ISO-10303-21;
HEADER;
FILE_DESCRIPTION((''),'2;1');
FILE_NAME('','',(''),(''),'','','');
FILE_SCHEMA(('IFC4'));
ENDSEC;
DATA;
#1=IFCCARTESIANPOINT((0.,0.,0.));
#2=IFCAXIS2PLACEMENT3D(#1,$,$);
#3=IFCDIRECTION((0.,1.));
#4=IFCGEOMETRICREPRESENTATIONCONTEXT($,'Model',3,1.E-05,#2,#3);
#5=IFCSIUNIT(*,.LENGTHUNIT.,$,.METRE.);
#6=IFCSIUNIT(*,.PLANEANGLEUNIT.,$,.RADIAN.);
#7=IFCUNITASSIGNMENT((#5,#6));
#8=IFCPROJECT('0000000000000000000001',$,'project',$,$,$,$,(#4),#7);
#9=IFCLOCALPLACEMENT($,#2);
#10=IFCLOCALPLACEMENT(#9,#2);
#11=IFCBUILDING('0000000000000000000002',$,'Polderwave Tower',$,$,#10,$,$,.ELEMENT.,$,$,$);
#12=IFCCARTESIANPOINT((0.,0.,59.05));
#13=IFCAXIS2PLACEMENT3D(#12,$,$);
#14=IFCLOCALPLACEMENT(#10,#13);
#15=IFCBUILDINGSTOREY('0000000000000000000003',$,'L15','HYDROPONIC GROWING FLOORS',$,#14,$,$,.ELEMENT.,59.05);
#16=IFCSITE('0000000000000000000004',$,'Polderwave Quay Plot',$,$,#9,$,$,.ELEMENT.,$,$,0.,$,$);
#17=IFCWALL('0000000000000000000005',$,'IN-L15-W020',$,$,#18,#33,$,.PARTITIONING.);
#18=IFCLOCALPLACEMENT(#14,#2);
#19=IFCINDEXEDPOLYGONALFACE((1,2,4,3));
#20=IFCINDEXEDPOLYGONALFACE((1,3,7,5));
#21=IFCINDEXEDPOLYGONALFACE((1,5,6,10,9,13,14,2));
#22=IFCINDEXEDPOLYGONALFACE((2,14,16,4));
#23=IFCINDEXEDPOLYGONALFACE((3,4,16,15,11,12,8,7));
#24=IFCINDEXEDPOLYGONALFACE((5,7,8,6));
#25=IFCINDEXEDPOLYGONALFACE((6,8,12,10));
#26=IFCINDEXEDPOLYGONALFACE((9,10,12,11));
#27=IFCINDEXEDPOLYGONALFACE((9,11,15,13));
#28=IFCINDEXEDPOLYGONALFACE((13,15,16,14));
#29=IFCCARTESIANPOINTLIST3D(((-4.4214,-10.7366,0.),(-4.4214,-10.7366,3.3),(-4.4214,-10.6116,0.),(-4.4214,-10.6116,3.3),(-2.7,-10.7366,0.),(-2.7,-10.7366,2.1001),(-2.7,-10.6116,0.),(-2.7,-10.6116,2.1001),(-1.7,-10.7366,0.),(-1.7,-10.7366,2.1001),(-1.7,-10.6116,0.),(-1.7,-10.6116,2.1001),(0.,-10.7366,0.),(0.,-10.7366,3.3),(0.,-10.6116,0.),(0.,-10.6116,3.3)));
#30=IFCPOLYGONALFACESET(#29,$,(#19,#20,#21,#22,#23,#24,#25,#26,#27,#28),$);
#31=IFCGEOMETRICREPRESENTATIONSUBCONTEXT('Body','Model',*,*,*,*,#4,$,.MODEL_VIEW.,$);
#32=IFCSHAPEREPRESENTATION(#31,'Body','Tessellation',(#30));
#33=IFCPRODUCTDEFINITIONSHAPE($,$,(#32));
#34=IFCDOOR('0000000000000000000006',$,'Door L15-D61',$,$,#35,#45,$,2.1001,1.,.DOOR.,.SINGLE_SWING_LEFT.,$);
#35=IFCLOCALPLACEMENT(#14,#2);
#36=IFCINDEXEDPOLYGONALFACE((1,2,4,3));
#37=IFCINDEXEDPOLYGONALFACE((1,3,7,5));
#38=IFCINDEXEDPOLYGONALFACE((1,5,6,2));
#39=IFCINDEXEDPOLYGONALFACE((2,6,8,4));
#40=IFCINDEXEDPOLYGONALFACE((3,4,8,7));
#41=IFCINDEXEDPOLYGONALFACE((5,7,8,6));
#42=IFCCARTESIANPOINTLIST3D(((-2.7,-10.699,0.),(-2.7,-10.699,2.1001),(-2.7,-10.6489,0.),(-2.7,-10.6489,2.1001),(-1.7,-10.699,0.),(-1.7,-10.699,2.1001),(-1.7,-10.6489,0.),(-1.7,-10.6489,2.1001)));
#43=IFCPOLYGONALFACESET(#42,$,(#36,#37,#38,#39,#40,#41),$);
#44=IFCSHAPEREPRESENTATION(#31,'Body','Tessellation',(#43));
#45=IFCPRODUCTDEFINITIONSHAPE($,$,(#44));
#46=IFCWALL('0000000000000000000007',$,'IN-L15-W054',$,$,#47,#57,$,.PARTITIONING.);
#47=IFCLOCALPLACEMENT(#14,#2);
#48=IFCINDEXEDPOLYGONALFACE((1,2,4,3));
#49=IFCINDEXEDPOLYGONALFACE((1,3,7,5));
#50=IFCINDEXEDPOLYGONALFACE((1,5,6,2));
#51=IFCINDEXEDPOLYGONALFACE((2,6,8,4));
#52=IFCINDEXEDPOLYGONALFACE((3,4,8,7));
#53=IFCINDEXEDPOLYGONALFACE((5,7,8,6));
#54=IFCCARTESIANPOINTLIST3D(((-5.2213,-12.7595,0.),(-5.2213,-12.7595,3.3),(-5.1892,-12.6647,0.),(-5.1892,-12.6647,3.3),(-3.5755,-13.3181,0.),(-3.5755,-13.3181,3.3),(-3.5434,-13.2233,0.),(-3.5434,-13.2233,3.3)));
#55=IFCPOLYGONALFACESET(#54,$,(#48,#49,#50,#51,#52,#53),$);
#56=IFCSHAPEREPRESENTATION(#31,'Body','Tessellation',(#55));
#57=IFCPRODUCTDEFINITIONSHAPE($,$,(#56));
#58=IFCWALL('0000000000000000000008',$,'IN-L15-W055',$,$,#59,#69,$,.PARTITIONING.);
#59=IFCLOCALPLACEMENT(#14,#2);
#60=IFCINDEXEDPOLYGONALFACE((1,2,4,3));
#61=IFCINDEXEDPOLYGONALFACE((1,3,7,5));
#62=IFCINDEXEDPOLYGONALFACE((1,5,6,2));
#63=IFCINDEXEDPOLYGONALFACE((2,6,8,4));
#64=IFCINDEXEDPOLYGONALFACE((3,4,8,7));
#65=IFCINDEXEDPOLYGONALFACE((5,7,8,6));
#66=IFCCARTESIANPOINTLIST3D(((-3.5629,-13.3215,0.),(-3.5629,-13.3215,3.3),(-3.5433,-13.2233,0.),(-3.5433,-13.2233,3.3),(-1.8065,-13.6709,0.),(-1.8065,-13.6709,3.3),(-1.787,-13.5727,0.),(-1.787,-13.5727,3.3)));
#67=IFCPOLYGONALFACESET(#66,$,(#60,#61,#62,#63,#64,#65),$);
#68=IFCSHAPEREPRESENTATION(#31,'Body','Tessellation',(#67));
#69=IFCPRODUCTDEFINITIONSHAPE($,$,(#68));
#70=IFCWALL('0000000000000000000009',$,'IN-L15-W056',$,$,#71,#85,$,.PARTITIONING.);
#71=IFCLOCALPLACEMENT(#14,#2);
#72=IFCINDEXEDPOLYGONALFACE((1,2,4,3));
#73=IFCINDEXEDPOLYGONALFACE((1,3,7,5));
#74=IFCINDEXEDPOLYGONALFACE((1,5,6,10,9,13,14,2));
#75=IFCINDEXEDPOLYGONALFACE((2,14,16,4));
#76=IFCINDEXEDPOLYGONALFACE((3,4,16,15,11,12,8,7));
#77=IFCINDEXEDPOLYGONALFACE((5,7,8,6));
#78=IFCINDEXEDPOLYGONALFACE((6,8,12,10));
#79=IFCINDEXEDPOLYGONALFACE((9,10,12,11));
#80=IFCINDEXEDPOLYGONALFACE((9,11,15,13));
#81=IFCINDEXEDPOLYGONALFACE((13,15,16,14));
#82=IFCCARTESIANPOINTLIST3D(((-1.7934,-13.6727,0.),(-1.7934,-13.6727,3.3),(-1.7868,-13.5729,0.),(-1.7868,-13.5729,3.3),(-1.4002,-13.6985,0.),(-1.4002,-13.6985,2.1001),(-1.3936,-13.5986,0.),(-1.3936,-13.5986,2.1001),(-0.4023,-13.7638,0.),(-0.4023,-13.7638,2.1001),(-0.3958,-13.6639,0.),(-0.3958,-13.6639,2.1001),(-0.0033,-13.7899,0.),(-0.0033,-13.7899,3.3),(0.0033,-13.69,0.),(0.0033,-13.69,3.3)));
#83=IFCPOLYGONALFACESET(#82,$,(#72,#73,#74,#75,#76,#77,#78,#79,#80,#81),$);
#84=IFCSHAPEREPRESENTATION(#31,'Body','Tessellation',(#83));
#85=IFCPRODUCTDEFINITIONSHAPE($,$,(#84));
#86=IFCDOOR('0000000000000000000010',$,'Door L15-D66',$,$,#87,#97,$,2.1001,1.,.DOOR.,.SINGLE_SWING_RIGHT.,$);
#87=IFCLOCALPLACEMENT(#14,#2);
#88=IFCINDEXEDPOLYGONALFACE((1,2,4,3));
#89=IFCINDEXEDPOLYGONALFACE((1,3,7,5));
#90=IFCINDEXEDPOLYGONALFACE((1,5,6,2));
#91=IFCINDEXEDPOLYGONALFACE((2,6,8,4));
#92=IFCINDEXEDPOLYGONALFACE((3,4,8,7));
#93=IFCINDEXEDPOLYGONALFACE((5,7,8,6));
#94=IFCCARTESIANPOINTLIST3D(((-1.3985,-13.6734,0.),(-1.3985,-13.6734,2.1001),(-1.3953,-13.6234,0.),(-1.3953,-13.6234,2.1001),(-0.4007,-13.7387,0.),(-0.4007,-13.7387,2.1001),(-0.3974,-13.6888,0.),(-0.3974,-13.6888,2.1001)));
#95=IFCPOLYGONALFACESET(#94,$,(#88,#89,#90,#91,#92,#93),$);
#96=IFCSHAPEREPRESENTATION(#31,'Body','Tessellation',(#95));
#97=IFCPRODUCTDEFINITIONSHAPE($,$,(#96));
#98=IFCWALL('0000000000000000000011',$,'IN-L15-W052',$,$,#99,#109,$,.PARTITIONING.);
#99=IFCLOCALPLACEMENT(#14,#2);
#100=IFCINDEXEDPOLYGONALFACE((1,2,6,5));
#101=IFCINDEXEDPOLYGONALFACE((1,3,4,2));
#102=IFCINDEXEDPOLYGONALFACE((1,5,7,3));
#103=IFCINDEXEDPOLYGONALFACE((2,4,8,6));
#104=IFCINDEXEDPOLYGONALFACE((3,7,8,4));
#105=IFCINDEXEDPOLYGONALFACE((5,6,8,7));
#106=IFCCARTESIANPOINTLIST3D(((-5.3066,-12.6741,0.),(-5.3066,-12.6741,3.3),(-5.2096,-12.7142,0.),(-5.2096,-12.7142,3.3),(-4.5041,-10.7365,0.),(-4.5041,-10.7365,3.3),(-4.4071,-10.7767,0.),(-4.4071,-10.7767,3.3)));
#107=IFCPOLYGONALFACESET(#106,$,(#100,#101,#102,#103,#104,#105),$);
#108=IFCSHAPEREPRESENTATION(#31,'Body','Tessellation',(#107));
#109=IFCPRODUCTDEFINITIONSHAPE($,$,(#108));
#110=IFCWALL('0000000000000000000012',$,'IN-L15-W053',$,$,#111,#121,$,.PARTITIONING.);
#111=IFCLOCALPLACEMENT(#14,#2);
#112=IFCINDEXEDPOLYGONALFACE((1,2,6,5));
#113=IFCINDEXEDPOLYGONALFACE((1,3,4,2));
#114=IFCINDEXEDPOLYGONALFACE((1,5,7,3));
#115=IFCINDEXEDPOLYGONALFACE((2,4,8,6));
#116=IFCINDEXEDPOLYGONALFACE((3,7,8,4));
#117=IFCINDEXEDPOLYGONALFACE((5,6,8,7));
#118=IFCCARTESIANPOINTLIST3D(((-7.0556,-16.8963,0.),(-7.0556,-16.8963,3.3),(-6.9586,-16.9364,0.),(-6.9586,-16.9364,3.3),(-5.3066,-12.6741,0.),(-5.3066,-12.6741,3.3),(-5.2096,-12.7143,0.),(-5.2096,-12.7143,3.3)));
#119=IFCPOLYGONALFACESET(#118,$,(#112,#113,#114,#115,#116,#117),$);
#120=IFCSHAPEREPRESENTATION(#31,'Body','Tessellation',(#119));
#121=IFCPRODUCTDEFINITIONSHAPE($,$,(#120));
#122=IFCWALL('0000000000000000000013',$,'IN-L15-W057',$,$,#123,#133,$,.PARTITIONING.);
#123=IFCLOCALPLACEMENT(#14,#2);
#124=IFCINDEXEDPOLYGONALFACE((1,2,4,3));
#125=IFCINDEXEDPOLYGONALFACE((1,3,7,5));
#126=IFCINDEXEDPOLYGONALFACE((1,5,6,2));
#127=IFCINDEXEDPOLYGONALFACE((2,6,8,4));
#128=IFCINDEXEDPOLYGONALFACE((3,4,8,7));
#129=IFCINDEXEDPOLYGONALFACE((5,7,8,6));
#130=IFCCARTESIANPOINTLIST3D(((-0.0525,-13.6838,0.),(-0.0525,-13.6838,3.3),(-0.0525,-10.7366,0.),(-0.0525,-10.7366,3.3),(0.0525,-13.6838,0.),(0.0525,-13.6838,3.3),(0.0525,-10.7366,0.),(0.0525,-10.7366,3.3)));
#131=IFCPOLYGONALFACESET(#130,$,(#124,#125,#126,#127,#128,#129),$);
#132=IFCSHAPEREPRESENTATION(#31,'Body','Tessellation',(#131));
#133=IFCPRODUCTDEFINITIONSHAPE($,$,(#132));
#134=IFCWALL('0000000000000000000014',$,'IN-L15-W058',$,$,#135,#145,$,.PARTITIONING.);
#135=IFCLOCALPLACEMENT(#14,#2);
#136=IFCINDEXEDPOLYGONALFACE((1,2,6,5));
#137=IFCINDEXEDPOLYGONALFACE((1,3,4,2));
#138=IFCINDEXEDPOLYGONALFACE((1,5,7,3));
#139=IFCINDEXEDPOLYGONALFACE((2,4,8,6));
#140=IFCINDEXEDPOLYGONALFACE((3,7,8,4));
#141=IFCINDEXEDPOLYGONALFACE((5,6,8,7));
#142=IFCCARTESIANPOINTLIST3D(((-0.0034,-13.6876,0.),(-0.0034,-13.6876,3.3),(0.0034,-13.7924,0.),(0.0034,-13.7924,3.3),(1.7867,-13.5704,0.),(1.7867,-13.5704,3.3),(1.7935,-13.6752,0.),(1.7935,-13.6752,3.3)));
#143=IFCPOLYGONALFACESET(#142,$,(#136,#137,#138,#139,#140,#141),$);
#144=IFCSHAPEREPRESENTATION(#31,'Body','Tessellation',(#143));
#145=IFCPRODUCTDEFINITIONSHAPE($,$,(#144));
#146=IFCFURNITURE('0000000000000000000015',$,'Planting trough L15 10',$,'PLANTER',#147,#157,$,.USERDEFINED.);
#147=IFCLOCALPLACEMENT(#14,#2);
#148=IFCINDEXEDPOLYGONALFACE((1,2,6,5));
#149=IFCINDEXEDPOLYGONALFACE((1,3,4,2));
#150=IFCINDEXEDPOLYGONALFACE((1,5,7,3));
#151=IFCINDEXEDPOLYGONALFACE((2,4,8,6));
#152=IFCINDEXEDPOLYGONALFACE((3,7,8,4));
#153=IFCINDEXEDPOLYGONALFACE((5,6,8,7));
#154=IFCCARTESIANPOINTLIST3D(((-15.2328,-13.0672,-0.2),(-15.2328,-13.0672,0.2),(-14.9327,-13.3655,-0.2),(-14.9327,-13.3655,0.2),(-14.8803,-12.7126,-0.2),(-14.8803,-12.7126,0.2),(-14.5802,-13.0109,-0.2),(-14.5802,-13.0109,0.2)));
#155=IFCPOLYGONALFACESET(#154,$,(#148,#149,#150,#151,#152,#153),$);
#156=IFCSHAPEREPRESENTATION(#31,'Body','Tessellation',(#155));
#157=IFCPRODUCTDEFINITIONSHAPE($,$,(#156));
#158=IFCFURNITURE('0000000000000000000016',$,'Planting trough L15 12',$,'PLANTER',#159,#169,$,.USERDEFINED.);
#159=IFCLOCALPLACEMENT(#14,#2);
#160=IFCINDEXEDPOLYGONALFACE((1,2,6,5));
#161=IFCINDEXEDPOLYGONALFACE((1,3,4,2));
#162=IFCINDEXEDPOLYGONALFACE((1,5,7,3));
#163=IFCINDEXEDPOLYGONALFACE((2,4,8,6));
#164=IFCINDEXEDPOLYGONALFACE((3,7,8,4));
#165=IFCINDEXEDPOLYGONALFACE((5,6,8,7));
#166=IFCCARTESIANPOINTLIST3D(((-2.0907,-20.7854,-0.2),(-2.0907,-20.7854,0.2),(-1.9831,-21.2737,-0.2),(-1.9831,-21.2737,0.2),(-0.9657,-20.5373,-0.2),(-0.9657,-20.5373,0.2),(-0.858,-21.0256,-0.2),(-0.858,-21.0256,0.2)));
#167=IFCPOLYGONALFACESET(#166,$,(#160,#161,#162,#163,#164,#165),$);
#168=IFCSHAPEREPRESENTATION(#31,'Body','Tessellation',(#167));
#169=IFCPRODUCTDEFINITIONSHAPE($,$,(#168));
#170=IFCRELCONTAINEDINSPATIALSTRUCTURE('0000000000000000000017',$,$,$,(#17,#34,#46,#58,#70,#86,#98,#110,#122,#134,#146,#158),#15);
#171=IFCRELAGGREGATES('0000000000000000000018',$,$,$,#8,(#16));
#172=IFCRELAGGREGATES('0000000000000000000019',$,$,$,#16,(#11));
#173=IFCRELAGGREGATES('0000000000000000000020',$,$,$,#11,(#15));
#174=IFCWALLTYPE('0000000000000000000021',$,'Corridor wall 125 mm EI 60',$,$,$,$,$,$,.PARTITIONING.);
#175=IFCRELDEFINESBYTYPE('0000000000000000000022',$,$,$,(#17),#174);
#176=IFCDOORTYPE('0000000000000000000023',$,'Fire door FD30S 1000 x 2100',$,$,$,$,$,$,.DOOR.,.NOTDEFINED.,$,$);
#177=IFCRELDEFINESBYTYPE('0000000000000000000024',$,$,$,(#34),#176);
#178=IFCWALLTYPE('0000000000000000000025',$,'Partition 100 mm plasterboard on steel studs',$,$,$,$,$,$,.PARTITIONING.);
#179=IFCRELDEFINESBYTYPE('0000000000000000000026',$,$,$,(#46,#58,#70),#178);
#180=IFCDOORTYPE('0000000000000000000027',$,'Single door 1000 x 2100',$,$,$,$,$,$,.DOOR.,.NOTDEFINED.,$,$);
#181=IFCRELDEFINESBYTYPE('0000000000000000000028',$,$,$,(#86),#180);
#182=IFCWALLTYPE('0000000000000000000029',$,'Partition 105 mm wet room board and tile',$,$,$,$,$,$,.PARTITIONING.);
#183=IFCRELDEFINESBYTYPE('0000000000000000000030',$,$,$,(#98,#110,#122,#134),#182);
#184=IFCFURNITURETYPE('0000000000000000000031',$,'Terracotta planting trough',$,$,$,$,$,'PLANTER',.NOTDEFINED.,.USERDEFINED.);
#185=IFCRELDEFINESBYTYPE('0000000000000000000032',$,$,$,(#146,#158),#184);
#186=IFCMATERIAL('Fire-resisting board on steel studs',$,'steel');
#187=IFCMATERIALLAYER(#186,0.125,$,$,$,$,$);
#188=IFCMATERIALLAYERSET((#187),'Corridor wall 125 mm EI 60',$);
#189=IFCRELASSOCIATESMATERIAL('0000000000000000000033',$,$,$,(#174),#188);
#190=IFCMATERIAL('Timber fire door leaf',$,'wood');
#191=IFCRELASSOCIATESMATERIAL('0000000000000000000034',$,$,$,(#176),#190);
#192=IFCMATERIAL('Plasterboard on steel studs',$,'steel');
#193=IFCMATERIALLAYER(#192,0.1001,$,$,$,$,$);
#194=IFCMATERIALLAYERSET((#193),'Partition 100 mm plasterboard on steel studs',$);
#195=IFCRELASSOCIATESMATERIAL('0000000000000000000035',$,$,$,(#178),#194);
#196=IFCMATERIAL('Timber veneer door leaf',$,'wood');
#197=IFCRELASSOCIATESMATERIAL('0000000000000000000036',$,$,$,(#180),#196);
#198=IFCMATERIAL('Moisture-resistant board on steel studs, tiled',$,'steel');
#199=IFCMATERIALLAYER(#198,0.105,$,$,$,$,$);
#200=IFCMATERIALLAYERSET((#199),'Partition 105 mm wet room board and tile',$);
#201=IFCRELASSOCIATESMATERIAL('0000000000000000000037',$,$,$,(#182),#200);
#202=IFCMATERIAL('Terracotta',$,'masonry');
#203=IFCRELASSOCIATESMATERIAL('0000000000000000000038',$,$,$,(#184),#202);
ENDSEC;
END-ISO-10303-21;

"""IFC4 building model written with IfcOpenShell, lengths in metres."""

from ifc_helpers import new_model, si_unit, direction, frame, frame_2d, origin, origin_2d, place, context, subcontext, project, spatial, rectangle, extrude, material, layer, layer_set, type_object, element, fill, save


model = new_model("IFC4")

# Units and contexts
model_context = context("Model", 3, precision=1e-05, world=origin(), true_north=direction((0.0, 1.0)))
body_context = subcontext(model_context, "Body", "Model", "MODEL_VIEW")
ifc_project = project(units=[si_unit("LENGTHUNIT", "METRE"), si_unit("PLANEANGLEUNIT", "RADIAN")], contexts=[model_context])

# Site, building, storey
site_placement = place(None, origin())
site = spatial("IfcSite", under=ifc_project, at=site_placement, Name="Polderwave Quay Plot", CompositionType="ELEMENT", RefElevation=0.0)
building_placement = place(site_placement, origin())
building = spatial("IfcBuilding", under=site, at=building_placement, Name="Polderwave Tower", CompositionType="ELEMENT")
storey_placement = place(building_placement, frame((0.0, 0.0, 59.05)))
storey = spatial("IfcBuildingStorey", under=building, at=storey_placement, Name="L15", Description="HYDROPONIC GROWING FLOORS", CompositionType="ELEMENT", Elevation=59.05)

# Shared definitions
ifc_material_1 = material(Name="Fire-resisting board on steel studs", Category="steel")
ifc_layer_1 = layer(ifc_material_1, 0.125)
ifc_layer_set_1 = layer_set([ifc_layer_1], Name="Corridor wall 125 mm EI 60")
wall_type_1 = type_object("IfcWallType", Name="Corridor wall 125 mm EI 60", PredefinedType="PARTITIONING", material=ifc_layer_set_1)

# Wall, opening, door
wall_1_placement = place(storey_placement, frame((0.0, -10.6741, 0.0), z_axis=(0.0, 0.0, 1.0), x_axis=(-1.0, 0.0, 0.0)))
wall_1 = element("IfcWall", 1, at=wall_1_placement, inside=storey, type_object=wall_type_1, Name="IN-L15-W020", PredefinedType="PARTITIONING", context=body_context, shape_type="SweptSolid", body=[
    extrude(rectangle(XDim=4.4214, YDim=0.125, at=frame_2d((2.2107, 0.0))), origin(), (0.0, 0.0, 1.0), 3.3),
])
opening_1_placement = place(wall_1_placement, frame((1.7, 0.0, 0.0)))
opening_1 = element("IfcOpeningElement", 2, at=opening_1_placement, cuts=wall_1, PredefinedType="OPENING", context=body_context, shape_type="SweptSolid", body=[
    extrude(rectangle(XDim=1.0, YDim=2.1001, at=frame_2d((0.5, 1.05))), frame((0.0, 0.0725, 0.0), z_axis=(0.0, -1.0, 0.0), x_axis=(1.0, 0.0, 0.0)), (0.0, 0.0, 1.0), 0.145),
])
ifc_material_2 = material(Name="Timber fire door leaf", Category="wood")
door_type_1 = type_object("IfcDoorType", Name="Fire door FD30S 1000 x 2100", OperationType="NOTDEFINED", PredefinedType="DOOR", material=ifc_material_2)
door_1_placement = place(opening_1_placement, origin())
door_1 = element("IfcDoor", 3, at=door_1_placement, inside=storey, type_object=door_type_1, Name="Door L15-D61", OperationType="SINGLE_SWING_LEFT", OverallHeight=2.1001, OverallWidth=1.0, PredefinedType="DOOR", context=body_context, shape_type="SweptSolid", body=[
    extrude(rectangle(XDim=1.0, YDim=2.1001, at=frame_2d((0.5, 1.05))), frame((0.0, 0.0249, 0.0), z_axis=(0.0, -1.0, 0.0), x_axis=(1.0, 0.0, 0.0)), (0.0, 0.0, 1.0), 0.05),
])
fill(opening_1, door_1)

# Walls
ifc_material_3 = material(Name="Plasterboard on steel studs", Category="steel")
ifc_layer_2 = layer(ifc_material_3, 0.1001)
ifc_layer_set_2 = layer_set([ifc_layer_2], Name="Partition 100 mm plasterboard on steel studs")
wall_type_2 = type_object("IfcWallType", Name="Partition 100 mm plasterboard on steel studs", PredefinedType="PARTITIONING", material=ifc_layer_set_2)
wall_2_placement = place(storey_placement, frame((-3.5593, -13.2708, 0.0), z_axis=(0.0, 0.0, 1.0), x_axis=(-0.946941, 0.321407, 0.0)))
element("IfcWall", 4, at=wall_2_placement, inside=storey, type_object=wall_type_2, Name="IN-L15-W054", PredefinedType="PARTITIONING", context=body_context, shape_type="SweptSolid", body=[
    extrude(rectangle(XDim=1.738, YDim=0.1001, at=frame_2d((0.8691, 0.0))), origin(), (0.0, 0.0, 1.0), 3.3),
])
wall_3_placement = place(storey_placement, frame((-1.7966, -13.6218, 0.0), z_axis=(0.0, 0.0, 1.0), x_axis=(-0.980785, 0.195094, 0.0)))
element("IfcWall", 5, at=wall_3_placement, inside=storey, type_object=wall_type_2, Name="IN-L15-W055", PredefinedType="PARTITIONING", context=body_context, shape_type="SweptSolid", body=[
    extrude(rectangle(XDim=1.7908, YDim=0.1001, at=frame_2d((0.8955, 0.0))), origin(), (0.0, 0.0, 1.0), 3.3),
])

# Wall, opening, door
wall_4_placement = place(storey_placement, frame((0.0, -13.74, 0.0), z_axis=(0.0, 0.0, 1.0), x_axis=(-0.997864, 0.065327, 0.0)))
wall_4 = element("IfcWall", 6, at=wall_4_placement, inside=storey, type_object=wall_type_2, Name="IN-L15-W056", PredefinedType="PARTITIONING", context=body_context, shape_type="SweptSolid", body=[
    extrude(rectangle(XDim=1.7939, YDim=0.1001, at=frame_2d((0.897, 0.0))), origin(), (0.0, 0.0, 1.0), 3.3),
])
opening_2_placement = place(wall_4_placement, frame((0.3999, 0.0, 0.0)))
opening_2 = element("IfcOpeningElement", 7, at=opening_2_placement, cuts=wall_4, PredefinedType="OPENING", context=body_context, shape_type="SweptSolid", body=[
    extrude(rectangle(XDim=1.0, YDim=2.1001, at=frame_2d((0.5, 1.05))), frame((0.0, 0.0601, 0.0), z_axis=(0.0, -1.0, 0.0), x_axis=(1.0, 0.0, 0.0)), (0.0, 0.0, 1.0), 0.1201),
])
ifc_material_4 = material(Name="Timber veneer door leaf", Category="wood")
door_type_2 = type_object("IfcDoorType", Name="Single door 1000 x 2100", OperationType="NOTDEFINED", PredefinedType="DOOR", material=ifc_material_4)
door_2_placement = place(opening_2_placement, origin())
door_2 = element("IfcDoor", 8, at=door_2_placement, inside=storey, type_object=door_type_2, Name="Door L15-D66", OperationType="SINGLE_SWING_RIGHT", OverallHeight=2.1001, OverallWidth=1.0, PredefinedType="DOOR", context=body_context, shape_type="SweptSolid", body=[
    extrude(rectangle(XDim=1.0, YDim=2.1001, at=frame_2d((0.5, 1.05))), frame((0.0, 0.0249, 0.0), z_axis=(0.0, -1.0, 0.0), x_axis=(1.0, 0.0, 0.0)), (0.0, 0.0, 1.0), 0.05),
])
fill(opening_2, door_2)

# Walls
ifc_material_5 = material(Name="Moisture-resistant board on steel studs, tiled", Category="steel")
ifc_layer_3 = layer(ifc_material_5, 0.105)
ifc_layer_set_3 = layer_set([ifc_layer_3], Name="Partition 105 mm wet room board and tile")
wall_type_3 = type_object("IfcWallType", Name="Partition 105 mm wet room board and tile", PredefinedType="PARTITIONING", material=ifc_layer_set_3)
wall_5_placement = place(storey_placement, frame((-4.4556, -10.7566, 0.0), z_axis=(0.0, 0.0, 1.0), x_axis=(-0.382664, -0.923888, 0.0)))
element("IfcWall", 9, at=wall_5_placement, inside=storey, type_object=wall_type_3, Name="IN-L15-W052", PredefinedType="PARTITIONING", context=body_context, shape_type="SweptSolid", body=[
    extrude(rectangle(XDim=2.0972, YDim=0.105, at=frame_2d((1.0486, 0.0))), origin(), (0.0, 0.0, 1.0), 3.3),
])
wall_6_placement = place(storey_placement, frame((-5.2581, -12.6941, 0.0), z_axis=(0.0, 0.0, 1.0), x_axis=(-0.38271, -0.923868, 0.0)))
element("IfcWall", 10, at=wall_6_placement, inside=storey, type_object=wall_type_3, Name="IN-L15-W053", PredefinedType="PARTITIONING", context=body_context, shape_type="SweptSolid", body=[
    extrude(rectangle(XDim=4.5701, YDim=0.105, at=frame_2d((2.2852, 0.0))), origin(), (0.0, 0.0, 1.0), 3.3),
])
wall_7_placement = place(storey_placement, frame((0.0, -10.7366, 0.0), z_axis=(0.0, 0.0, 1.0), x_axis=(0.0, -1.0, 0.0)))
element("IfcWall", 11, at=wall_7_placement, inside=storey, type_object=wall_type_3, Name="IN-L15-W057", PredefinedType="PARTITIONING", context=body_context, shape_type="SweptSolid", body=[
    extrude(rectangle(XDim=2.9473, YDim=0.105, at=frame_2d((1.4736, 0.0))), origin(), (0.0, 0.0, 1.0), 3.3),
])
wall_8_placement = place(storey_placement, frame((0.0, -13.74, 0.0), z_axis=(0.0, 0.0, 1.0), x_axis=(0.997864, 0.065327, 0.0)))
element("IfcWall", 12, at=wall_8_placement, inside=storey, type_object=wall_type_3, Name="IN-L15-W058", PredefinedType="PARTITIONING", context=body_context, shape_type="SweptSolid", body=[
    extrude(rectangle(XDim=1.7939, YDim=0.105, at=frame_2d((0.897, 0.0))), origin(), (0.0, 0.0, 1.0), 3.3),
])

# Furniture
ifc_material_6 = material(Name="Terracotta", Category="masonry")
furniture_type = type_object("IfcFurnitureType", Name="Terracotta planting trough", ElementType="PLANTER", AssemblyPlace="NOTDEFINED", PredefinedType="USERDEFINED", material=ifc_material_6)
furniture_1_placement = place(storey_placement, frame((-14.9065, -13.0391, -0.2), z_axis=(0.0, 0.0, 1.0), x_axis=(0.709257, -0.70495, 0.0)))
element("IfcFurniture", 13, at=furniture_1_placement, inside=storey, type_object=furniture_type, Name="Planting trough L15 10", ObjectType="PLANTER", PredefinedType="USERDEFINED", context=body_context, shape_type="SweptSolid", body=[
    extrude(rectangle(XDim=0.4231, YDim=0.5, at=origin_2d()), origin(), (0.0, 0.0, 1.0), 0.3999),
])
furniture_2_placement = place(storey_placement, frame((-1.4744, -20.9055, -0.2), z_axis=(0.0, 0.0, 1.0), x_axis=(0.976543, 0.215322, 0.0)))
element("IfcFurniture", 14, at=furniture_2_placement, inside=storey, type_object=furniture_type, Name="Planting trough L15 12", ObjectType="PLANTER", PredefinedType="USERDEFINED", context=body_context, shape_type="SweptSolid", body=[
    extrude(rectangle(XDim=1.1521, YDim=0.5, at=origin_2d()), origin(), (0.0, 0.0, 1.0), 0.3999),
])

save(model, "model.ifc")
